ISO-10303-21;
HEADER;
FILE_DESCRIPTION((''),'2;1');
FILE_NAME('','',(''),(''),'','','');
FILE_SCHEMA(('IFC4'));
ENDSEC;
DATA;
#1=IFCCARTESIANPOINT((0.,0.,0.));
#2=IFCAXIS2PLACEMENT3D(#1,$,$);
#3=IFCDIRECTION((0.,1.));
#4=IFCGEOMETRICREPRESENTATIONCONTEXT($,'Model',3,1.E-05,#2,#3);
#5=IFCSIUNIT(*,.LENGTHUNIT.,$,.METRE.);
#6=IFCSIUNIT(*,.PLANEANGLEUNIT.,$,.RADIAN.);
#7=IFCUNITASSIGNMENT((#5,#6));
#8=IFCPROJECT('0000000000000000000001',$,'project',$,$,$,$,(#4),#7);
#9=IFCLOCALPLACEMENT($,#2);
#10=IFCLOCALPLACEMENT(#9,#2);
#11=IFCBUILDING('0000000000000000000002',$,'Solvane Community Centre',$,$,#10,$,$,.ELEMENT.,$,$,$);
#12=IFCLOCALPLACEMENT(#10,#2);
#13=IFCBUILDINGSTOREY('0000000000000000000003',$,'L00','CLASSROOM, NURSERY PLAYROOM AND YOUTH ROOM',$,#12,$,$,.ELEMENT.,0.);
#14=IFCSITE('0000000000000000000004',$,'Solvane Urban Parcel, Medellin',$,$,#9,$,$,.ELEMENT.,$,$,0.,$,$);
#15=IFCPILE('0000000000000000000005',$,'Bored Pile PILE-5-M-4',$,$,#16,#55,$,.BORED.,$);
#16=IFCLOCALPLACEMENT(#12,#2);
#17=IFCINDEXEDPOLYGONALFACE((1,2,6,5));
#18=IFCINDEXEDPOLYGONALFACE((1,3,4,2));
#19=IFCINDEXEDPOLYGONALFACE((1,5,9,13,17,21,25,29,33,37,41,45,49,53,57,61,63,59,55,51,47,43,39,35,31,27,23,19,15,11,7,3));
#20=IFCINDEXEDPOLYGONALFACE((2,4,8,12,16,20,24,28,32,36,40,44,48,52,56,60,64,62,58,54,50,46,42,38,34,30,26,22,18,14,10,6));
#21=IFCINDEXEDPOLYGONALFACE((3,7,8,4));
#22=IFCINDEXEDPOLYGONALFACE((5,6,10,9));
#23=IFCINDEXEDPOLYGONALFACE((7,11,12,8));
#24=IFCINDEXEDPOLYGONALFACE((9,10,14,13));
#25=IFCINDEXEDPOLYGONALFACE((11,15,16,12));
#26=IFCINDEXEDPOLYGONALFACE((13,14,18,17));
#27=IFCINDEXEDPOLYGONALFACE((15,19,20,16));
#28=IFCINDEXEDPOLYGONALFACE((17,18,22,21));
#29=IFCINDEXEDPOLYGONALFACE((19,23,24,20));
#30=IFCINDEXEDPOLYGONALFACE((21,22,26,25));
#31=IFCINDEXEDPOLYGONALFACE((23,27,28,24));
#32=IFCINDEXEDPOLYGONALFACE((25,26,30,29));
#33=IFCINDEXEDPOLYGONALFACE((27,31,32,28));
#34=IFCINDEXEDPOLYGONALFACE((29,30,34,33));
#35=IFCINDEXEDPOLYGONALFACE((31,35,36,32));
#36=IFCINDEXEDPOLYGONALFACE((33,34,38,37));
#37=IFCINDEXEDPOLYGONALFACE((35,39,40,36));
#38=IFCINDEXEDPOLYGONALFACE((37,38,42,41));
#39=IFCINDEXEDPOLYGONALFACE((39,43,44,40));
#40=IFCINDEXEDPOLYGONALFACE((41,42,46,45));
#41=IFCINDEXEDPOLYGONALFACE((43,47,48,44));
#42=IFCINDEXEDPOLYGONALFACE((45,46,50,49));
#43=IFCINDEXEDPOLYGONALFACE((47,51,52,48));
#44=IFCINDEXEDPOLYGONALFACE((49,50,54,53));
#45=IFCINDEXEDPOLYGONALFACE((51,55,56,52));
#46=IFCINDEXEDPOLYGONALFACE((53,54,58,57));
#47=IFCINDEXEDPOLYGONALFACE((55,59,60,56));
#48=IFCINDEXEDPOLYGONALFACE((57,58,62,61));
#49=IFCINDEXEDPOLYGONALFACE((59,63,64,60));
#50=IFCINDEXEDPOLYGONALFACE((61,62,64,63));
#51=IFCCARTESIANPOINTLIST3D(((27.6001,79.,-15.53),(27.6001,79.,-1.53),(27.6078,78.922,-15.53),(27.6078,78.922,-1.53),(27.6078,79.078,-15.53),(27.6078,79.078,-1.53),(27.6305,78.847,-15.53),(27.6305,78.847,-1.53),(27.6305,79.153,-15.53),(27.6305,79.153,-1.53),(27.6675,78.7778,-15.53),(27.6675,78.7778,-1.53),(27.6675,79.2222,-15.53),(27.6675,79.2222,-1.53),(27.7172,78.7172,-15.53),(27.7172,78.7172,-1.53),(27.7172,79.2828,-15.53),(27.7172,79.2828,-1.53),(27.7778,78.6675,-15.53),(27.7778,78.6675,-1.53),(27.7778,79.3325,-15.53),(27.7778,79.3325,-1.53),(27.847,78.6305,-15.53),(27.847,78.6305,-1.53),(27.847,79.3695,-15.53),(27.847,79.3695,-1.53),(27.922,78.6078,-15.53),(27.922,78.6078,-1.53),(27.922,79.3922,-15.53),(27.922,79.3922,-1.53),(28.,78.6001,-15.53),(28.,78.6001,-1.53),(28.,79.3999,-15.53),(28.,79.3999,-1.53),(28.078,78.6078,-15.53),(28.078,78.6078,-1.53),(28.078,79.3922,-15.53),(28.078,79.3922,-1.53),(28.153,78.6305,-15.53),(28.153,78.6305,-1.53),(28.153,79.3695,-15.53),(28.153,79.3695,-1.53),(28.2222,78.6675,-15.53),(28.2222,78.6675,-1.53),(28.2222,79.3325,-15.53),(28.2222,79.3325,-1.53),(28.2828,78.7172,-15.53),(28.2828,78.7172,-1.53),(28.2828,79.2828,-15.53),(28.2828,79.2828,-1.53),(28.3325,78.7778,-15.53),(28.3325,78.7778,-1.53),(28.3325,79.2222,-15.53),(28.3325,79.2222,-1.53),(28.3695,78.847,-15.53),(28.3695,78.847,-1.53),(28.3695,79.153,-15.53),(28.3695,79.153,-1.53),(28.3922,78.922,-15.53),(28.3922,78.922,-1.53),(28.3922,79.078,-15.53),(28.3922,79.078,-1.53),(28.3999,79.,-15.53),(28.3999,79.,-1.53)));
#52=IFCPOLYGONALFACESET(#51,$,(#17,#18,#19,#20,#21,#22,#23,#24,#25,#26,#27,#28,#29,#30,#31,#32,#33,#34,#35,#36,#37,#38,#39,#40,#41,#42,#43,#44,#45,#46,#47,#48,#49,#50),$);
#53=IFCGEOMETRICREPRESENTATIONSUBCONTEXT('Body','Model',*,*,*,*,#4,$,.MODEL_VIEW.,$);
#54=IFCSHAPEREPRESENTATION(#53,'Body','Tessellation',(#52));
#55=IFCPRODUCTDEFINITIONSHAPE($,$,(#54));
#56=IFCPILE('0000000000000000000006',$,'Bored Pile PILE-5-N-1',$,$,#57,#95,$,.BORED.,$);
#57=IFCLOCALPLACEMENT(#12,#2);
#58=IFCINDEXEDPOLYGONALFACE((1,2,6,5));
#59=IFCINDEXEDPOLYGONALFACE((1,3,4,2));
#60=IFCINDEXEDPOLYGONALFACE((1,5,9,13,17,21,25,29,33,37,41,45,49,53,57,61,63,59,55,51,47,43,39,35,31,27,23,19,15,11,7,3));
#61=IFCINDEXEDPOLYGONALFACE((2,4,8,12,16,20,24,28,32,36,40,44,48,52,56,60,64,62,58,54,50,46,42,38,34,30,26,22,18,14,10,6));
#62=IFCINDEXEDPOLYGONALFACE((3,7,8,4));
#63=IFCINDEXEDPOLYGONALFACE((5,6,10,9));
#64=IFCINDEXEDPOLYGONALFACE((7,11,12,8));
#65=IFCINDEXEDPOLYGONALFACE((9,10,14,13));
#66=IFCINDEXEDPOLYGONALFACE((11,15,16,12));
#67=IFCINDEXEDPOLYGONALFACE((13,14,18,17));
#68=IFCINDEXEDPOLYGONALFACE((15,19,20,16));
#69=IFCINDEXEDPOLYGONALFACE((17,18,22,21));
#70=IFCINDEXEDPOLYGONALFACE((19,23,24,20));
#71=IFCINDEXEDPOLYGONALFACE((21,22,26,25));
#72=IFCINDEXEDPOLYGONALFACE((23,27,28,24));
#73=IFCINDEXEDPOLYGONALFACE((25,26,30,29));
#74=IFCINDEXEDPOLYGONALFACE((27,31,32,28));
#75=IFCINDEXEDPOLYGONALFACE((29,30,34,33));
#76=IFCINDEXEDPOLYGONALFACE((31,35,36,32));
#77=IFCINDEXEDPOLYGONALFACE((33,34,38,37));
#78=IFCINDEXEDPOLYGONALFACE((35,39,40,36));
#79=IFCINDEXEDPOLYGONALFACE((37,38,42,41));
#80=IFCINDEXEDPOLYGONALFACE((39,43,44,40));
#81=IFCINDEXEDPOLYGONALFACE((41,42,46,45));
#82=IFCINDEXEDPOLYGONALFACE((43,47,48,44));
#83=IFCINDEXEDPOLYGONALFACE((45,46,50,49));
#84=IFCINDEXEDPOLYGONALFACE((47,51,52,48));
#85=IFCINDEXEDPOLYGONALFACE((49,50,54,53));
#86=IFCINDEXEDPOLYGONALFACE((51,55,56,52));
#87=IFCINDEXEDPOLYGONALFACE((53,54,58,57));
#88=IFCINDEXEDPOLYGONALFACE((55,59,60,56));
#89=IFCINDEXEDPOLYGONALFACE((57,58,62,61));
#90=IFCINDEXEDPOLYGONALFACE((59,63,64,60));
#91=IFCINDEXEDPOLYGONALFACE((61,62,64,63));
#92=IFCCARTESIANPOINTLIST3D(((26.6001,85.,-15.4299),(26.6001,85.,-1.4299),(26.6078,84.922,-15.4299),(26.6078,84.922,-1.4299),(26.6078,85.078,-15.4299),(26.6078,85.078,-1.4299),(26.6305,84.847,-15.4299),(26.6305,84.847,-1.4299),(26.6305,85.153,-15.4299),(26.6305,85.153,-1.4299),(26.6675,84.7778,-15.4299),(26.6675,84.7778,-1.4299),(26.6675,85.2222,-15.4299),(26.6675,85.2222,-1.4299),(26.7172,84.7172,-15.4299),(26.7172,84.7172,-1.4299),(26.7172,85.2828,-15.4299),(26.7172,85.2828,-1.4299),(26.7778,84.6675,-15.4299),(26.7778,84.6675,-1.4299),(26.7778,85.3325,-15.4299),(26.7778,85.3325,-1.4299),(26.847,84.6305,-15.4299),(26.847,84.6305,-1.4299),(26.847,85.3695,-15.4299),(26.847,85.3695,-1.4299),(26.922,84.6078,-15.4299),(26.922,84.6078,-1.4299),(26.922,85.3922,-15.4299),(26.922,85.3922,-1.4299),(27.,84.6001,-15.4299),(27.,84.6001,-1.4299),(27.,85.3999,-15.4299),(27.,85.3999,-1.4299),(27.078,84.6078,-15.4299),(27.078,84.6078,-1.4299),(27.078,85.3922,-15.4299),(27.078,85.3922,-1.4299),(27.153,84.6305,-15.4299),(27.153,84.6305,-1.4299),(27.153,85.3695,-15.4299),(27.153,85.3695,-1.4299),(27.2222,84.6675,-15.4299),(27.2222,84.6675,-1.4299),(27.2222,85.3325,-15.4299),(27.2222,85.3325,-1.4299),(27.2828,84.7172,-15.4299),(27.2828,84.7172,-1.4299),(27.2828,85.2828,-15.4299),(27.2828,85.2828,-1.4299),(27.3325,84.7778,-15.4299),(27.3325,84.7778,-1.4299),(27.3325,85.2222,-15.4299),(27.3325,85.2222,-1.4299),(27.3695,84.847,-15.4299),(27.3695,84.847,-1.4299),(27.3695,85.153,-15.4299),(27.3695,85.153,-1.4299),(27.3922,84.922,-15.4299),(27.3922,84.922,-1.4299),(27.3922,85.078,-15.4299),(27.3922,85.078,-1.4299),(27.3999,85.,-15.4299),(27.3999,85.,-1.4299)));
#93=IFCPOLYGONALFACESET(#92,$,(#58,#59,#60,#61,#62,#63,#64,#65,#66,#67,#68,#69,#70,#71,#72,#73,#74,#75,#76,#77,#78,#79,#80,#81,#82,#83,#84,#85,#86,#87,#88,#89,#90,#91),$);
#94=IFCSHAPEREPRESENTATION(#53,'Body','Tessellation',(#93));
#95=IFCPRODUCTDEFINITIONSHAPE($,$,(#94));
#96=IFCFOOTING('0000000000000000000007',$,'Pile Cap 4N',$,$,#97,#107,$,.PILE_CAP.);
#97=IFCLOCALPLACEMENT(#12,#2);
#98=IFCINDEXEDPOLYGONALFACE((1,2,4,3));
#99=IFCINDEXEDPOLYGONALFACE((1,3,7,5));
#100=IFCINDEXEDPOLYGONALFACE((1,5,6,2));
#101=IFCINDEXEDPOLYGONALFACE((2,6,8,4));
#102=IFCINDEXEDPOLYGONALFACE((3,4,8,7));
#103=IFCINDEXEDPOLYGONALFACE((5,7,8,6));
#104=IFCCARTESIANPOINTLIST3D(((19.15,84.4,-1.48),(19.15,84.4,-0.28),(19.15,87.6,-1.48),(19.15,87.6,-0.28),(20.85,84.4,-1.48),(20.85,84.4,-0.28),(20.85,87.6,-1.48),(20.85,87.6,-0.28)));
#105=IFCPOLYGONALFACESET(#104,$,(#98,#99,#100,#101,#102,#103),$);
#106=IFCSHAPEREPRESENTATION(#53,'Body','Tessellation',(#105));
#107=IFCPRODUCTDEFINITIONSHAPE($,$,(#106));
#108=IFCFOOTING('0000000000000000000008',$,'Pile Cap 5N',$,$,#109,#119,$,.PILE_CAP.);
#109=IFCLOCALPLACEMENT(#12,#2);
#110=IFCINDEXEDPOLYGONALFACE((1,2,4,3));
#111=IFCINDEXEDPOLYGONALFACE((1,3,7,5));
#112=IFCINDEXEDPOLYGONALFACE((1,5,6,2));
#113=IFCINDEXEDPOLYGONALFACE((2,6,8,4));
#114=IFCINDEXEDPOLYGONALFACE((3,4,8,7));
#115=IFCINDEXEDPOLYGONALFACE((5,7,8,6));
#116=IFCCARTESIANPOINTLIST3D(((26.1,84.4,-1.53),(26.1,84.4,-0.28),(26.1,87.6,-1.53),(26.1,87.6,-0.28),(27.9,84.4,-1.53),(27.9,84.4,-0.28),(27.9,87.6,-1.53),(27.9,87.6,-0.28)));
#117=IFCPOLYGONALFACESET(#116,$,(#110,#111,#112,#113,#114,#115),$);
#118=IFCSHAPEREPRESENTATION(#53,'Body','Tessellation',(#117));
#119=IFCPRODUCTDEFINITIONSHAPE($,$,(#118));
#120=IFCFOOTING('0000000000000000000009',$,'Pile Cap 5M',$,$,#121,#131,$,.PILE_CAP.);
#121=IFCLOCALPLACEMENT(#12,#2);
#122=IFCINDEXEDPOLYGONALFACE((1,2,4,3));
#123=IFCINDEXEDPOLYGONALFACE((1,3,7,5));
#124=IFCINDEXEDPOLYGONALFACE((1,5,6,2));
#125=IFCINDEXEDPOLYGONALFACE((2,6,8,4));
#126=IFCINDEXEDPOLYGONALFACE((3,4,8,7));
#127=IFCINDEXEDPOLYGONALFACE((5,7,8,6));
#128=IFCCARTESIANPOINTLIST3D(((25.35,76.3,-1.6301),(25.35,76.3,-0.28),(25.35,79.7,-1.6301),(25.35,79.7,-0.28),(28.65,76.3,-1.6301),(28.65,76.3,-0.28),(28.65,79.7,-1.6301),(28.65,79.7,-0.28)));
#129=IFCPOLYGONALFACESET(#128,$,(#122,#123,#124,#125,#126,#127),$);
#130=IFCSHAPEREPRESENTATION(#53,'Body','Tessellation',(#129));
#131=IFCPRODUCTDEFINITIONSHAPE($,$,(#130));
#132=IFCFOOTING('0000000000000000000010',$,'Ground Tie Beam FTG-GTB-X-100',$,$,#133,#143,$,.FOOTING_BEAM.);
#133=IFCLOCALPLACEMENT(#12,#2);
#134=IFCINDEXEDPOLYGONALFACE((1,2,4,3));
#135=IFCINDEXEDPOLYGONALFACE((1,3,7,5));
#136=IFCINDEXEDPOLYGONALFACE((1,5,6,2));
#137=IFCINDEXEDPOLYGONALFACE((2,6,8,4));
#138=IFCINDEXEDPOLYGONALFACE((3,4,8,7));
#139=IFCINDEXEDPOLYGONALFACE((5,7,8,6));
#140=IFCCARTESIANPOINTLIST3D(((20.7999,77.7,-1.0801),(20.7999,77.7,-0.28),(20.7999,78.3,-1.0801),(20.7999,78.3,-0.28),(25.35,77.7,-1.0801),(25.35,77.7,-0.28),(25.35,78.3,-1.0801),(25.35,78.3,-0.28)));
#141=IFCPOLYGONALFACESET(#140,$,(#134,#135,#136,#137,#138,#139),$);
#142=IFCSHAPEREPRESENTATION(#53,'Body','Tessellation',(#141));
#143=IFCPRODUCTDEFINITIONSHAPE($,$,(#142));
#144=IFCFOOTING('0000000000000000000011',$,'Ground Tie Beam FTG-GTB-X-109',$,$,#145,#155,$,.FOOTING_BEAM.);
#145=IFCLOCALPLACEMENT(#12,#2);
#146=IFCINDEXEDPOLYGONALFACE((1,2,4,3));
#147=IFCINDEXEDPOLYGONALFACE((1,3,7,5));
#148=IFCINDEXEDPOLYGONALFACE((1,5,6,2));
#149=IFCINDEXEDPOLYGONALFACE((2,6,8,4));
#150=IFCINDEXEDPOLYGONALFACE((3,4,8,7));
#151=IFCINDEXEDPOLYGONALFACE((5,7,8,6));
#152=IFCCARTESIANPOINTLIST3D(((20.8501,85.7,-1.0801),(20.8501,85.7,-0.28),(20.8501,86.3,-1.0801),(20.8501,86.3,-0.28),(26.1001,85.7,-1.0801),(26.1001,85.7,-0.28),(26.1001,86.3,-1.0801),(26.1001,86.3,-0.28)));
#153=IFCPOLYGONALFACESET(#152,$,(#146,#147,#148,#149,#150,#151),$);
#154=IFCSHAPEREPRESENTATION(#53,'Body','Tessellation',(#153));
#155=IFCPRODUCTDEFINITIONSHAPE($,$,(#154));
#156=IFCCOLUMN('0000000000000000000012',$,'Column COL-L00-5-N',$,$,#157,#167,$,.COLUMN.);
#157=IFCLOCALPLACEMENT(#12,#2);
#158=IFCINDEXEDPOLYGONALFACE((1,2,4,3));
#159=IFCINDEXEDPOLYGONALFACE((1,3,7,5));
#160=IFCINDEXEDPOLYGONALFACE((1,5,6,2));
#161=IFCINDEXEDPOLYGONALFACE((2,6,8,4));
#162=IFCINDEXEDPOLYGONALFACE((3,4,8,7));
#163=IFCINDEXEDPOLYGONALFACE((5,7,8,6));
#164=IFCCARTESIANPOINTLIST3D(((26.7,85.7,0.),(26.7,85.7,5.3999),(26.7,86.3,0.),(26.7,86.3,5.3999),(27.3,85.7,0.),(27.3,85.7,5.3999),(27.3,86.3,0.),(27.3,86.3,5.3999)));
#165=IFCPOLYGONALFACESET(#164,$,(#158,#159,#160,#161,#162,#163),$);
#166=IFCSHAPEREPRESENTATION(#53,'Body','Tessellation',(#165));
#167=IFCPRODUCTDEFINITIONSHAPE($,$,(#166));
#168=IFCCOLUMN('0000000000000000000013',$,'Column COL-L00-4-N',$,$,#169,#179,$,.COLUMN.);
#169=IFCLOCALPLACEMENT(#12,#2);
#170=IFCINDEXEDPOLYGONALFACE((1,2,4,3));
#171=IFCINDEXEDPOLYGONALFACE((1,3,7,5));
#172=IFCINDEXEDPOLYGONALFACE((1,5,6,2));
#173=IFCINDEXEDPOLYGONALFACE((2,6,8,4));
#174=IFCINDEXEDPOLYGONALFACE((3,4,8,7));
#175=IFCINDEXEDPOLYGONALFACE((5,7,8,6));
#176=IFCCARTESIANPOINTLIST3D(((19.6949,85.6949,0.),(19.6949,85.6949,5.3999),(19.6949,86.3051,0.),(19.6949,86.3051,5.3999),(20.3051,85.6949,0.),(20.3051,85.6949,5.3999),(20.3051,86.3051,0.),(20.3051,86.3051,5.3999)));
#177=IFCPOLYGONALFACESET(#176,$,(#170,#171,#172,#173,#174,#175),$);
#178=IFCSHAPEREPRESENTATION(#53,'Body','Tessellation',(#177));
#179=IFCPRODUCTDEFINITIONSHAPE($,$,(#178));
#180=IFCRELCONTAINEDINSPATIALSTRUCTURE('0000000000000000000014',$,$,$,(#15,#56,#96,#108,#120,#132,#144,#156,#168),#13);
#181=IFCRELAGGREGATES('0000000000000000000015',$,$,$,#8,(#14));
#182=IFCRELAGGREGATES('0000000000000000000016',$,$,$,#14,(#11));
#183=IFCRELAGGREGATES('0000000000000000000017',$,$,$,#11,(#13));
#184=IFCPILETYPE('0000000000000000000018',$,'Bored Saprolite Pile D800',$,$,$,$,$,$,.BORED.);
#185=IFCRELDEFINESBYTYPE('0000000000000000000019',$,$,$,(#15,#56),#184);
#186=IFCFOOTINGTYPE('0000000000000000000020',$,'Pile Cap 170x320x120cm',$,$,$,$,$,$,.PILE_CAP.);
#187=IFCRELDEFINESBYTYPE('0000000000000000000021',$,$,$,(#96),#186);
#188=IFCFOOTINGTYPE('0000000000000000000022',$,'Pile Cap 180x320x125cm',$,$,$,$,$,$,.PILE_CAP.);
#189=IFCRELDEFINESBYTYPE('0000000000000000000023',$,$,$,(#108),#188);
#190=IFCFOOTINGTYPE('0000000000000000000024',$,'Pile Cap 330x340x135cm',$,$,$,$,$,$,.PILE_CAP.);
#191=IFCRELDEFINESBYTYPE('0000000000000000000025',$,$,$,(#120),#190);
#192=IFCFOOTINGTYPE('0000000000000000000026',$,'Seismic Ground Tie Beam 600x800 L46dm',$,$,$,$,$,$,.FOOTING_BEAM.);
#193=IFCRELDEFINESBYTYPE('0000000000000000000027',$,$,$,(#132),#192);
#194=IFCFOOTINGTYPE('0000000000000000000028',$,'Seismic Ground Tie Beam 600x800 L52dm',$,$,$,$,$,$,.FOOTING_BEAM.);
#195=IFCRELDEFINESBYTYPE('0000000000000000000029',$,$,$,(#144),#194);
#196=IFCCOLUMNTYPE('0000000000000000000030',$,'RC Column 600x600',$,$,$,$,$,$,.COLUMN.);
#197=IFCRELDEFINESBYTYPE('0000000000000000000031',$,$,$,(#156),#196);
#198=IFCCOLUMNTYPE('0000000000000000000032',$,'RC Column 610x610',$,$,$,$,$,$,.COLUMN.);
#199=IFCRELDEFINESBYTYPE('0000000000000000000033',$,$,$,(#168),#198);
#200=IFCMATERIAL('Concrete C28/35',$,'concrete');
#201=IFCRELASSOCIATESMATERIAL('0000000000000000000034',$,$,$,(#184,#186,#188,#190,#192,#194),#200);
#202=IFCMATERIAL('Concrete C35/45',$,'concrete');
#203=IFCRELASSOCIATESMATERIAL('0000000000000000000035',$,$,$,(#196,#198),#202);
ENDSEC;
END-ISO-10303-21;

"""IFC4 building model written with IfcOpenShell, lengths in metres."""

from ifc_helpers import new_model, si_unit, direction, frame, origin, origin_2d, place, context, subcontext, project, spatial, rectangle, circle, extrude, material, material_profile, profile_set, type_object, element, save


model = new_model("IFC4")

# Units and contexts
model_context = context("Model", 3, precision=1e-05, world=origin(), true_north=direction((0.0, 1.0)))
body_context = subcontext(model_context, "Body", "Model", "MODEL_VIEW")
ifc_project = project(units=[si_unit("LENGTHUNIT", "METRE"), si_unit("PLANEANGLEUNIT", "RADIAN")], contexts=[model_context])

# Site, building, storey
site_placement = place(None, origin())
site = spatial("IfcSite", under=ifc_project, at=site_placement, Name="Solvane Urban Parcel, Medellin", CompositionType="ELEMENT", RefElevation=0.0)
building_placement = place(site_placement, origin())
building = spatial("IfcBuilding", under=site, at=building_placement, Name="Solvane Community Centre", CompositionType="ELEMENT")
storey_placement = place(building_placement, origin())
storey = spatial("IfcBuildingStorey", under=building, at=storey_placement, Name="L00", Description="CLASSROOM, NURSERY PLAYROOM AND YOUTH ROOM", CompositionType="ELEMENT", Elevation=0.0)

# Piles
ifc_material_1 = material(Name="Concrete C28/35", Category="concrete")
ifc_material_profile_1 = material_profile(ifc_material_1, circle(Radius=0.3999, at=origin_2d()), Name="PILE D800")
ifc_profile_set_1 = profile_set([ifc_material_profile_1], Name="Concrete C28/35")
pile_type = type_object("IfcPileType", Name="Bored Saprolite Pile D800", PredefinedType="BORED", material=ifc_profile_set_1)
for number, where, z_axis, x_axis, name in (
    (1, (28.0, 79.0, -1.53), (0.0, 0.0, -1.0), (1.0, 0.0, 0.0), "Bored Pile PILE-5-M-4"),
    (2, (27.0, 85.0, -1.4299), (0.0, 0.0, -1.0), (1.0, 0.0, 0.0), "Bored Pile PILE-5-N-1"),
):
    element("IfcPile", number, at=place(storey_placement, frame(where, z_axis=z_axis, x_axis=x_axis)), inside=storey, type_object=pile_type, Name=name, PredefinedType="BORED", context=body_context, shape_type="SweptSolid", body=[
        extrude(circle(Radius=0.3999, at=origin_2d()), origin(), (0.0, 0.0, 1.0), 14.0),
    ])

# Footings
footing_type_1 = type_object("IfcFootingType", Name="Pile Cap 170x320x120cm", PredefinedType="PILE_CAP", material=ifc_material_1)
footing_1_placement = place(storey_placement, frame((20.0, 86.0, -1.48), z_axis=(0.0, 0.0, 1.0), x_axis=(1.0, 0.0, 0.0)))
element("IfcFooting", 3, at=footing_1_placement, inside=storey, type_object=footing_type_1, Name="Pile Cap 4N", PredefinedType="PILE_CAP", context=body_context, shape_type="SweptSolid", body=[
    extrude(rectangle(XDim=1.7, YDim=3.2, at=origin_2d()), origin(), (0.0, 0.0, 1.0), 1.2),
])
footing_type_2 = type_object("IfcFootingType", Name="Pile Cap 180x320x125cm", PredefinedType="PILE_CAP", material=ifc_material_1)
footing_2_placement = place(storey_placement, frame((27.0, 86.0, -1.53), z_axis=(0.0, 0.0, 1.0), x_axis=(1.0, 0.0, 0.0)))
element("IfcFooting", 4, at=footing_2_placement, inside=storey, type_object=footing_type_2, Name="Pile Cap 5N", PredefinedType="PILE_CAP", context=body_context, shape_type="SweptSolid", body=[
    extrude(rectangle(XDim=1.8, YDim=3.2, at=origin_2d()), origin(), (0.0, 0.0, 1.0), 1.25),
])
footing_type_3 = type_object("IfcFootingType", Name="Pile Cap 330x340x135cm", PredefinedType="PILE_CAP", material=ifc_material_1)
footing_3_placement = place(storey_placement, frame((27.0, 78.0, -1.6301), z_axis=(0.0, 0.0, 1.0), x_axis=(1.0, 0.0, 0.0)))
element("IfcFooting", 5, at=footing_3_placement, inside=storey, type_object=footing_type_3, Name="Pile Cap 5M", PredefinedType="PILE_CAP", context=body_context, shape_type="SweptSolid", body=[
    extrude(rectangle(XDim=3.3, YDim=3.3999, at=origin_2d()), origin(), (0.0, 0.0, 1.0), 1.3501),
])
footing_type_4 = type_object("IfcFootingType", Name="Seismic Ground Tie Beam 600x800 L46dm", PredefinedType="FOOTING_BEAM", material=ifc_material_1)
footing_4_placement = place(storey_placement, frame((23.075, 78.0, -1.0801), z_axis=(0.0, 0.0, 1.0), x_axis=(1.0, 0.0, 0.0)))
element("IfcFooting", 6, at=footing_4_placement, inside=storey, type_object=footing_type_4, Name="Ground Tie Beam FTG-GTB-X-100", PredefinedType="FOOTING_BEAM", context=body_context, shape_type="SweptSolid", body=[
    extrude(rectangle(XDim=4.55, YDim=0.6001, at=origin_2d()), origin(), (0.0, 0.0, 1.0), 0.8),
])
footing_type_5 = type_object("IfcFootingType", Name="Seismic Ground Tie Beam 600x800 L52dm", PredefinedType="FOOTING_BEAM", material=ifc_material_1)
footing_5_placement = place(storey_placement, frame((23.4751, 86.0, -1.0801), z_axis=(0.0, 0.0, 1.0), x_axis=(1.0, 0.0, 0.0)))
element("IfcFooting", 7, at=footing_5_placement, inside=storey, type_object=footing_type_5, Name="Ground Tie Beam FTG-GTB-X-109", PredefinedType="FOOTING_BEAM", context=body_context, shape_type="SweptSolid", body=[
    extrude(rectangle(XDim=5.25, YDim=0.6001, at=origin_2d()), origin(), (0.0, 0.0, 1.0), 0.8),
])

# Columns
ifc_material_2 = material(Name="Concrete C35/45", Category="concrete")
ifc_material_profile_2 = material_profile(ifc_material_2, rectangle(XDim=0.6001, YDim=0.6001, at=origin_2d()), Name="RC 600x600")
ifc_profile_set_2 = profile_set([ifc_material_profile_2], Name="Concrete C35/45")
column_type_1 = type_object("IfcColumnType", Name="RC Column 600x600", PredefinedType="COLUMN", material=ifc_profile_set_2)
column_1_placement = place(storey_placement, frame((27.0, 86.0, 0.0), z_axis=(0.0, 0.0, 1.0), x_axis=(1.0, 0.0, 0.0)))
element("IfcColumn", 8, at=column_1_placement, inside=storey, type_object=column_type_1, Name="Column COL-L00-5-N", PredefinedType="COLUMN", context=body_context, shape_type="SweptSolid", body=[
    extrude(rectangle(XDim=0.6001, YDim=0.6001, at=origin_2d()), origin(), (0.0, 0.0, 1.0), 5.3999),
])
ifc_material_profile_3 = material_profile(ifc_material_2, rectangle(XDim=0.6101, YDim=0.6101, at=origin_2d()), Name="RC 610x610")
ifc_profile_set_3 = profile_set([ifc_material_profile_3], Name="Concrete C35/45")
column_type_2 = type_object("IfcColumnType", Name="RC Column 610x610", PredefinedType="COLUMN", material=ifc_profile_set_3)
column_2_placement = place(storey_placement, frame((20.0, 86.0, 0.0), z_axis=(0.0, 0.0, 1.0), x_axis=(1.0, 0.0, 0.0)))
element("IfcColumn", 9, at=column_2_placement, inside=storey, type_object=column_type_2, Name="Column COL-L00-4-N", PredefinedType="COLUMN", context=body_context, shape_type="SweptSolid", body=[
    extrude(rectangle(XDim=0.6101, YDim=0.6101, at=origin_2d()), origin(), (0.0, 0.0, 1.0), 5.3999),
])

save(model, "model.ifc")
